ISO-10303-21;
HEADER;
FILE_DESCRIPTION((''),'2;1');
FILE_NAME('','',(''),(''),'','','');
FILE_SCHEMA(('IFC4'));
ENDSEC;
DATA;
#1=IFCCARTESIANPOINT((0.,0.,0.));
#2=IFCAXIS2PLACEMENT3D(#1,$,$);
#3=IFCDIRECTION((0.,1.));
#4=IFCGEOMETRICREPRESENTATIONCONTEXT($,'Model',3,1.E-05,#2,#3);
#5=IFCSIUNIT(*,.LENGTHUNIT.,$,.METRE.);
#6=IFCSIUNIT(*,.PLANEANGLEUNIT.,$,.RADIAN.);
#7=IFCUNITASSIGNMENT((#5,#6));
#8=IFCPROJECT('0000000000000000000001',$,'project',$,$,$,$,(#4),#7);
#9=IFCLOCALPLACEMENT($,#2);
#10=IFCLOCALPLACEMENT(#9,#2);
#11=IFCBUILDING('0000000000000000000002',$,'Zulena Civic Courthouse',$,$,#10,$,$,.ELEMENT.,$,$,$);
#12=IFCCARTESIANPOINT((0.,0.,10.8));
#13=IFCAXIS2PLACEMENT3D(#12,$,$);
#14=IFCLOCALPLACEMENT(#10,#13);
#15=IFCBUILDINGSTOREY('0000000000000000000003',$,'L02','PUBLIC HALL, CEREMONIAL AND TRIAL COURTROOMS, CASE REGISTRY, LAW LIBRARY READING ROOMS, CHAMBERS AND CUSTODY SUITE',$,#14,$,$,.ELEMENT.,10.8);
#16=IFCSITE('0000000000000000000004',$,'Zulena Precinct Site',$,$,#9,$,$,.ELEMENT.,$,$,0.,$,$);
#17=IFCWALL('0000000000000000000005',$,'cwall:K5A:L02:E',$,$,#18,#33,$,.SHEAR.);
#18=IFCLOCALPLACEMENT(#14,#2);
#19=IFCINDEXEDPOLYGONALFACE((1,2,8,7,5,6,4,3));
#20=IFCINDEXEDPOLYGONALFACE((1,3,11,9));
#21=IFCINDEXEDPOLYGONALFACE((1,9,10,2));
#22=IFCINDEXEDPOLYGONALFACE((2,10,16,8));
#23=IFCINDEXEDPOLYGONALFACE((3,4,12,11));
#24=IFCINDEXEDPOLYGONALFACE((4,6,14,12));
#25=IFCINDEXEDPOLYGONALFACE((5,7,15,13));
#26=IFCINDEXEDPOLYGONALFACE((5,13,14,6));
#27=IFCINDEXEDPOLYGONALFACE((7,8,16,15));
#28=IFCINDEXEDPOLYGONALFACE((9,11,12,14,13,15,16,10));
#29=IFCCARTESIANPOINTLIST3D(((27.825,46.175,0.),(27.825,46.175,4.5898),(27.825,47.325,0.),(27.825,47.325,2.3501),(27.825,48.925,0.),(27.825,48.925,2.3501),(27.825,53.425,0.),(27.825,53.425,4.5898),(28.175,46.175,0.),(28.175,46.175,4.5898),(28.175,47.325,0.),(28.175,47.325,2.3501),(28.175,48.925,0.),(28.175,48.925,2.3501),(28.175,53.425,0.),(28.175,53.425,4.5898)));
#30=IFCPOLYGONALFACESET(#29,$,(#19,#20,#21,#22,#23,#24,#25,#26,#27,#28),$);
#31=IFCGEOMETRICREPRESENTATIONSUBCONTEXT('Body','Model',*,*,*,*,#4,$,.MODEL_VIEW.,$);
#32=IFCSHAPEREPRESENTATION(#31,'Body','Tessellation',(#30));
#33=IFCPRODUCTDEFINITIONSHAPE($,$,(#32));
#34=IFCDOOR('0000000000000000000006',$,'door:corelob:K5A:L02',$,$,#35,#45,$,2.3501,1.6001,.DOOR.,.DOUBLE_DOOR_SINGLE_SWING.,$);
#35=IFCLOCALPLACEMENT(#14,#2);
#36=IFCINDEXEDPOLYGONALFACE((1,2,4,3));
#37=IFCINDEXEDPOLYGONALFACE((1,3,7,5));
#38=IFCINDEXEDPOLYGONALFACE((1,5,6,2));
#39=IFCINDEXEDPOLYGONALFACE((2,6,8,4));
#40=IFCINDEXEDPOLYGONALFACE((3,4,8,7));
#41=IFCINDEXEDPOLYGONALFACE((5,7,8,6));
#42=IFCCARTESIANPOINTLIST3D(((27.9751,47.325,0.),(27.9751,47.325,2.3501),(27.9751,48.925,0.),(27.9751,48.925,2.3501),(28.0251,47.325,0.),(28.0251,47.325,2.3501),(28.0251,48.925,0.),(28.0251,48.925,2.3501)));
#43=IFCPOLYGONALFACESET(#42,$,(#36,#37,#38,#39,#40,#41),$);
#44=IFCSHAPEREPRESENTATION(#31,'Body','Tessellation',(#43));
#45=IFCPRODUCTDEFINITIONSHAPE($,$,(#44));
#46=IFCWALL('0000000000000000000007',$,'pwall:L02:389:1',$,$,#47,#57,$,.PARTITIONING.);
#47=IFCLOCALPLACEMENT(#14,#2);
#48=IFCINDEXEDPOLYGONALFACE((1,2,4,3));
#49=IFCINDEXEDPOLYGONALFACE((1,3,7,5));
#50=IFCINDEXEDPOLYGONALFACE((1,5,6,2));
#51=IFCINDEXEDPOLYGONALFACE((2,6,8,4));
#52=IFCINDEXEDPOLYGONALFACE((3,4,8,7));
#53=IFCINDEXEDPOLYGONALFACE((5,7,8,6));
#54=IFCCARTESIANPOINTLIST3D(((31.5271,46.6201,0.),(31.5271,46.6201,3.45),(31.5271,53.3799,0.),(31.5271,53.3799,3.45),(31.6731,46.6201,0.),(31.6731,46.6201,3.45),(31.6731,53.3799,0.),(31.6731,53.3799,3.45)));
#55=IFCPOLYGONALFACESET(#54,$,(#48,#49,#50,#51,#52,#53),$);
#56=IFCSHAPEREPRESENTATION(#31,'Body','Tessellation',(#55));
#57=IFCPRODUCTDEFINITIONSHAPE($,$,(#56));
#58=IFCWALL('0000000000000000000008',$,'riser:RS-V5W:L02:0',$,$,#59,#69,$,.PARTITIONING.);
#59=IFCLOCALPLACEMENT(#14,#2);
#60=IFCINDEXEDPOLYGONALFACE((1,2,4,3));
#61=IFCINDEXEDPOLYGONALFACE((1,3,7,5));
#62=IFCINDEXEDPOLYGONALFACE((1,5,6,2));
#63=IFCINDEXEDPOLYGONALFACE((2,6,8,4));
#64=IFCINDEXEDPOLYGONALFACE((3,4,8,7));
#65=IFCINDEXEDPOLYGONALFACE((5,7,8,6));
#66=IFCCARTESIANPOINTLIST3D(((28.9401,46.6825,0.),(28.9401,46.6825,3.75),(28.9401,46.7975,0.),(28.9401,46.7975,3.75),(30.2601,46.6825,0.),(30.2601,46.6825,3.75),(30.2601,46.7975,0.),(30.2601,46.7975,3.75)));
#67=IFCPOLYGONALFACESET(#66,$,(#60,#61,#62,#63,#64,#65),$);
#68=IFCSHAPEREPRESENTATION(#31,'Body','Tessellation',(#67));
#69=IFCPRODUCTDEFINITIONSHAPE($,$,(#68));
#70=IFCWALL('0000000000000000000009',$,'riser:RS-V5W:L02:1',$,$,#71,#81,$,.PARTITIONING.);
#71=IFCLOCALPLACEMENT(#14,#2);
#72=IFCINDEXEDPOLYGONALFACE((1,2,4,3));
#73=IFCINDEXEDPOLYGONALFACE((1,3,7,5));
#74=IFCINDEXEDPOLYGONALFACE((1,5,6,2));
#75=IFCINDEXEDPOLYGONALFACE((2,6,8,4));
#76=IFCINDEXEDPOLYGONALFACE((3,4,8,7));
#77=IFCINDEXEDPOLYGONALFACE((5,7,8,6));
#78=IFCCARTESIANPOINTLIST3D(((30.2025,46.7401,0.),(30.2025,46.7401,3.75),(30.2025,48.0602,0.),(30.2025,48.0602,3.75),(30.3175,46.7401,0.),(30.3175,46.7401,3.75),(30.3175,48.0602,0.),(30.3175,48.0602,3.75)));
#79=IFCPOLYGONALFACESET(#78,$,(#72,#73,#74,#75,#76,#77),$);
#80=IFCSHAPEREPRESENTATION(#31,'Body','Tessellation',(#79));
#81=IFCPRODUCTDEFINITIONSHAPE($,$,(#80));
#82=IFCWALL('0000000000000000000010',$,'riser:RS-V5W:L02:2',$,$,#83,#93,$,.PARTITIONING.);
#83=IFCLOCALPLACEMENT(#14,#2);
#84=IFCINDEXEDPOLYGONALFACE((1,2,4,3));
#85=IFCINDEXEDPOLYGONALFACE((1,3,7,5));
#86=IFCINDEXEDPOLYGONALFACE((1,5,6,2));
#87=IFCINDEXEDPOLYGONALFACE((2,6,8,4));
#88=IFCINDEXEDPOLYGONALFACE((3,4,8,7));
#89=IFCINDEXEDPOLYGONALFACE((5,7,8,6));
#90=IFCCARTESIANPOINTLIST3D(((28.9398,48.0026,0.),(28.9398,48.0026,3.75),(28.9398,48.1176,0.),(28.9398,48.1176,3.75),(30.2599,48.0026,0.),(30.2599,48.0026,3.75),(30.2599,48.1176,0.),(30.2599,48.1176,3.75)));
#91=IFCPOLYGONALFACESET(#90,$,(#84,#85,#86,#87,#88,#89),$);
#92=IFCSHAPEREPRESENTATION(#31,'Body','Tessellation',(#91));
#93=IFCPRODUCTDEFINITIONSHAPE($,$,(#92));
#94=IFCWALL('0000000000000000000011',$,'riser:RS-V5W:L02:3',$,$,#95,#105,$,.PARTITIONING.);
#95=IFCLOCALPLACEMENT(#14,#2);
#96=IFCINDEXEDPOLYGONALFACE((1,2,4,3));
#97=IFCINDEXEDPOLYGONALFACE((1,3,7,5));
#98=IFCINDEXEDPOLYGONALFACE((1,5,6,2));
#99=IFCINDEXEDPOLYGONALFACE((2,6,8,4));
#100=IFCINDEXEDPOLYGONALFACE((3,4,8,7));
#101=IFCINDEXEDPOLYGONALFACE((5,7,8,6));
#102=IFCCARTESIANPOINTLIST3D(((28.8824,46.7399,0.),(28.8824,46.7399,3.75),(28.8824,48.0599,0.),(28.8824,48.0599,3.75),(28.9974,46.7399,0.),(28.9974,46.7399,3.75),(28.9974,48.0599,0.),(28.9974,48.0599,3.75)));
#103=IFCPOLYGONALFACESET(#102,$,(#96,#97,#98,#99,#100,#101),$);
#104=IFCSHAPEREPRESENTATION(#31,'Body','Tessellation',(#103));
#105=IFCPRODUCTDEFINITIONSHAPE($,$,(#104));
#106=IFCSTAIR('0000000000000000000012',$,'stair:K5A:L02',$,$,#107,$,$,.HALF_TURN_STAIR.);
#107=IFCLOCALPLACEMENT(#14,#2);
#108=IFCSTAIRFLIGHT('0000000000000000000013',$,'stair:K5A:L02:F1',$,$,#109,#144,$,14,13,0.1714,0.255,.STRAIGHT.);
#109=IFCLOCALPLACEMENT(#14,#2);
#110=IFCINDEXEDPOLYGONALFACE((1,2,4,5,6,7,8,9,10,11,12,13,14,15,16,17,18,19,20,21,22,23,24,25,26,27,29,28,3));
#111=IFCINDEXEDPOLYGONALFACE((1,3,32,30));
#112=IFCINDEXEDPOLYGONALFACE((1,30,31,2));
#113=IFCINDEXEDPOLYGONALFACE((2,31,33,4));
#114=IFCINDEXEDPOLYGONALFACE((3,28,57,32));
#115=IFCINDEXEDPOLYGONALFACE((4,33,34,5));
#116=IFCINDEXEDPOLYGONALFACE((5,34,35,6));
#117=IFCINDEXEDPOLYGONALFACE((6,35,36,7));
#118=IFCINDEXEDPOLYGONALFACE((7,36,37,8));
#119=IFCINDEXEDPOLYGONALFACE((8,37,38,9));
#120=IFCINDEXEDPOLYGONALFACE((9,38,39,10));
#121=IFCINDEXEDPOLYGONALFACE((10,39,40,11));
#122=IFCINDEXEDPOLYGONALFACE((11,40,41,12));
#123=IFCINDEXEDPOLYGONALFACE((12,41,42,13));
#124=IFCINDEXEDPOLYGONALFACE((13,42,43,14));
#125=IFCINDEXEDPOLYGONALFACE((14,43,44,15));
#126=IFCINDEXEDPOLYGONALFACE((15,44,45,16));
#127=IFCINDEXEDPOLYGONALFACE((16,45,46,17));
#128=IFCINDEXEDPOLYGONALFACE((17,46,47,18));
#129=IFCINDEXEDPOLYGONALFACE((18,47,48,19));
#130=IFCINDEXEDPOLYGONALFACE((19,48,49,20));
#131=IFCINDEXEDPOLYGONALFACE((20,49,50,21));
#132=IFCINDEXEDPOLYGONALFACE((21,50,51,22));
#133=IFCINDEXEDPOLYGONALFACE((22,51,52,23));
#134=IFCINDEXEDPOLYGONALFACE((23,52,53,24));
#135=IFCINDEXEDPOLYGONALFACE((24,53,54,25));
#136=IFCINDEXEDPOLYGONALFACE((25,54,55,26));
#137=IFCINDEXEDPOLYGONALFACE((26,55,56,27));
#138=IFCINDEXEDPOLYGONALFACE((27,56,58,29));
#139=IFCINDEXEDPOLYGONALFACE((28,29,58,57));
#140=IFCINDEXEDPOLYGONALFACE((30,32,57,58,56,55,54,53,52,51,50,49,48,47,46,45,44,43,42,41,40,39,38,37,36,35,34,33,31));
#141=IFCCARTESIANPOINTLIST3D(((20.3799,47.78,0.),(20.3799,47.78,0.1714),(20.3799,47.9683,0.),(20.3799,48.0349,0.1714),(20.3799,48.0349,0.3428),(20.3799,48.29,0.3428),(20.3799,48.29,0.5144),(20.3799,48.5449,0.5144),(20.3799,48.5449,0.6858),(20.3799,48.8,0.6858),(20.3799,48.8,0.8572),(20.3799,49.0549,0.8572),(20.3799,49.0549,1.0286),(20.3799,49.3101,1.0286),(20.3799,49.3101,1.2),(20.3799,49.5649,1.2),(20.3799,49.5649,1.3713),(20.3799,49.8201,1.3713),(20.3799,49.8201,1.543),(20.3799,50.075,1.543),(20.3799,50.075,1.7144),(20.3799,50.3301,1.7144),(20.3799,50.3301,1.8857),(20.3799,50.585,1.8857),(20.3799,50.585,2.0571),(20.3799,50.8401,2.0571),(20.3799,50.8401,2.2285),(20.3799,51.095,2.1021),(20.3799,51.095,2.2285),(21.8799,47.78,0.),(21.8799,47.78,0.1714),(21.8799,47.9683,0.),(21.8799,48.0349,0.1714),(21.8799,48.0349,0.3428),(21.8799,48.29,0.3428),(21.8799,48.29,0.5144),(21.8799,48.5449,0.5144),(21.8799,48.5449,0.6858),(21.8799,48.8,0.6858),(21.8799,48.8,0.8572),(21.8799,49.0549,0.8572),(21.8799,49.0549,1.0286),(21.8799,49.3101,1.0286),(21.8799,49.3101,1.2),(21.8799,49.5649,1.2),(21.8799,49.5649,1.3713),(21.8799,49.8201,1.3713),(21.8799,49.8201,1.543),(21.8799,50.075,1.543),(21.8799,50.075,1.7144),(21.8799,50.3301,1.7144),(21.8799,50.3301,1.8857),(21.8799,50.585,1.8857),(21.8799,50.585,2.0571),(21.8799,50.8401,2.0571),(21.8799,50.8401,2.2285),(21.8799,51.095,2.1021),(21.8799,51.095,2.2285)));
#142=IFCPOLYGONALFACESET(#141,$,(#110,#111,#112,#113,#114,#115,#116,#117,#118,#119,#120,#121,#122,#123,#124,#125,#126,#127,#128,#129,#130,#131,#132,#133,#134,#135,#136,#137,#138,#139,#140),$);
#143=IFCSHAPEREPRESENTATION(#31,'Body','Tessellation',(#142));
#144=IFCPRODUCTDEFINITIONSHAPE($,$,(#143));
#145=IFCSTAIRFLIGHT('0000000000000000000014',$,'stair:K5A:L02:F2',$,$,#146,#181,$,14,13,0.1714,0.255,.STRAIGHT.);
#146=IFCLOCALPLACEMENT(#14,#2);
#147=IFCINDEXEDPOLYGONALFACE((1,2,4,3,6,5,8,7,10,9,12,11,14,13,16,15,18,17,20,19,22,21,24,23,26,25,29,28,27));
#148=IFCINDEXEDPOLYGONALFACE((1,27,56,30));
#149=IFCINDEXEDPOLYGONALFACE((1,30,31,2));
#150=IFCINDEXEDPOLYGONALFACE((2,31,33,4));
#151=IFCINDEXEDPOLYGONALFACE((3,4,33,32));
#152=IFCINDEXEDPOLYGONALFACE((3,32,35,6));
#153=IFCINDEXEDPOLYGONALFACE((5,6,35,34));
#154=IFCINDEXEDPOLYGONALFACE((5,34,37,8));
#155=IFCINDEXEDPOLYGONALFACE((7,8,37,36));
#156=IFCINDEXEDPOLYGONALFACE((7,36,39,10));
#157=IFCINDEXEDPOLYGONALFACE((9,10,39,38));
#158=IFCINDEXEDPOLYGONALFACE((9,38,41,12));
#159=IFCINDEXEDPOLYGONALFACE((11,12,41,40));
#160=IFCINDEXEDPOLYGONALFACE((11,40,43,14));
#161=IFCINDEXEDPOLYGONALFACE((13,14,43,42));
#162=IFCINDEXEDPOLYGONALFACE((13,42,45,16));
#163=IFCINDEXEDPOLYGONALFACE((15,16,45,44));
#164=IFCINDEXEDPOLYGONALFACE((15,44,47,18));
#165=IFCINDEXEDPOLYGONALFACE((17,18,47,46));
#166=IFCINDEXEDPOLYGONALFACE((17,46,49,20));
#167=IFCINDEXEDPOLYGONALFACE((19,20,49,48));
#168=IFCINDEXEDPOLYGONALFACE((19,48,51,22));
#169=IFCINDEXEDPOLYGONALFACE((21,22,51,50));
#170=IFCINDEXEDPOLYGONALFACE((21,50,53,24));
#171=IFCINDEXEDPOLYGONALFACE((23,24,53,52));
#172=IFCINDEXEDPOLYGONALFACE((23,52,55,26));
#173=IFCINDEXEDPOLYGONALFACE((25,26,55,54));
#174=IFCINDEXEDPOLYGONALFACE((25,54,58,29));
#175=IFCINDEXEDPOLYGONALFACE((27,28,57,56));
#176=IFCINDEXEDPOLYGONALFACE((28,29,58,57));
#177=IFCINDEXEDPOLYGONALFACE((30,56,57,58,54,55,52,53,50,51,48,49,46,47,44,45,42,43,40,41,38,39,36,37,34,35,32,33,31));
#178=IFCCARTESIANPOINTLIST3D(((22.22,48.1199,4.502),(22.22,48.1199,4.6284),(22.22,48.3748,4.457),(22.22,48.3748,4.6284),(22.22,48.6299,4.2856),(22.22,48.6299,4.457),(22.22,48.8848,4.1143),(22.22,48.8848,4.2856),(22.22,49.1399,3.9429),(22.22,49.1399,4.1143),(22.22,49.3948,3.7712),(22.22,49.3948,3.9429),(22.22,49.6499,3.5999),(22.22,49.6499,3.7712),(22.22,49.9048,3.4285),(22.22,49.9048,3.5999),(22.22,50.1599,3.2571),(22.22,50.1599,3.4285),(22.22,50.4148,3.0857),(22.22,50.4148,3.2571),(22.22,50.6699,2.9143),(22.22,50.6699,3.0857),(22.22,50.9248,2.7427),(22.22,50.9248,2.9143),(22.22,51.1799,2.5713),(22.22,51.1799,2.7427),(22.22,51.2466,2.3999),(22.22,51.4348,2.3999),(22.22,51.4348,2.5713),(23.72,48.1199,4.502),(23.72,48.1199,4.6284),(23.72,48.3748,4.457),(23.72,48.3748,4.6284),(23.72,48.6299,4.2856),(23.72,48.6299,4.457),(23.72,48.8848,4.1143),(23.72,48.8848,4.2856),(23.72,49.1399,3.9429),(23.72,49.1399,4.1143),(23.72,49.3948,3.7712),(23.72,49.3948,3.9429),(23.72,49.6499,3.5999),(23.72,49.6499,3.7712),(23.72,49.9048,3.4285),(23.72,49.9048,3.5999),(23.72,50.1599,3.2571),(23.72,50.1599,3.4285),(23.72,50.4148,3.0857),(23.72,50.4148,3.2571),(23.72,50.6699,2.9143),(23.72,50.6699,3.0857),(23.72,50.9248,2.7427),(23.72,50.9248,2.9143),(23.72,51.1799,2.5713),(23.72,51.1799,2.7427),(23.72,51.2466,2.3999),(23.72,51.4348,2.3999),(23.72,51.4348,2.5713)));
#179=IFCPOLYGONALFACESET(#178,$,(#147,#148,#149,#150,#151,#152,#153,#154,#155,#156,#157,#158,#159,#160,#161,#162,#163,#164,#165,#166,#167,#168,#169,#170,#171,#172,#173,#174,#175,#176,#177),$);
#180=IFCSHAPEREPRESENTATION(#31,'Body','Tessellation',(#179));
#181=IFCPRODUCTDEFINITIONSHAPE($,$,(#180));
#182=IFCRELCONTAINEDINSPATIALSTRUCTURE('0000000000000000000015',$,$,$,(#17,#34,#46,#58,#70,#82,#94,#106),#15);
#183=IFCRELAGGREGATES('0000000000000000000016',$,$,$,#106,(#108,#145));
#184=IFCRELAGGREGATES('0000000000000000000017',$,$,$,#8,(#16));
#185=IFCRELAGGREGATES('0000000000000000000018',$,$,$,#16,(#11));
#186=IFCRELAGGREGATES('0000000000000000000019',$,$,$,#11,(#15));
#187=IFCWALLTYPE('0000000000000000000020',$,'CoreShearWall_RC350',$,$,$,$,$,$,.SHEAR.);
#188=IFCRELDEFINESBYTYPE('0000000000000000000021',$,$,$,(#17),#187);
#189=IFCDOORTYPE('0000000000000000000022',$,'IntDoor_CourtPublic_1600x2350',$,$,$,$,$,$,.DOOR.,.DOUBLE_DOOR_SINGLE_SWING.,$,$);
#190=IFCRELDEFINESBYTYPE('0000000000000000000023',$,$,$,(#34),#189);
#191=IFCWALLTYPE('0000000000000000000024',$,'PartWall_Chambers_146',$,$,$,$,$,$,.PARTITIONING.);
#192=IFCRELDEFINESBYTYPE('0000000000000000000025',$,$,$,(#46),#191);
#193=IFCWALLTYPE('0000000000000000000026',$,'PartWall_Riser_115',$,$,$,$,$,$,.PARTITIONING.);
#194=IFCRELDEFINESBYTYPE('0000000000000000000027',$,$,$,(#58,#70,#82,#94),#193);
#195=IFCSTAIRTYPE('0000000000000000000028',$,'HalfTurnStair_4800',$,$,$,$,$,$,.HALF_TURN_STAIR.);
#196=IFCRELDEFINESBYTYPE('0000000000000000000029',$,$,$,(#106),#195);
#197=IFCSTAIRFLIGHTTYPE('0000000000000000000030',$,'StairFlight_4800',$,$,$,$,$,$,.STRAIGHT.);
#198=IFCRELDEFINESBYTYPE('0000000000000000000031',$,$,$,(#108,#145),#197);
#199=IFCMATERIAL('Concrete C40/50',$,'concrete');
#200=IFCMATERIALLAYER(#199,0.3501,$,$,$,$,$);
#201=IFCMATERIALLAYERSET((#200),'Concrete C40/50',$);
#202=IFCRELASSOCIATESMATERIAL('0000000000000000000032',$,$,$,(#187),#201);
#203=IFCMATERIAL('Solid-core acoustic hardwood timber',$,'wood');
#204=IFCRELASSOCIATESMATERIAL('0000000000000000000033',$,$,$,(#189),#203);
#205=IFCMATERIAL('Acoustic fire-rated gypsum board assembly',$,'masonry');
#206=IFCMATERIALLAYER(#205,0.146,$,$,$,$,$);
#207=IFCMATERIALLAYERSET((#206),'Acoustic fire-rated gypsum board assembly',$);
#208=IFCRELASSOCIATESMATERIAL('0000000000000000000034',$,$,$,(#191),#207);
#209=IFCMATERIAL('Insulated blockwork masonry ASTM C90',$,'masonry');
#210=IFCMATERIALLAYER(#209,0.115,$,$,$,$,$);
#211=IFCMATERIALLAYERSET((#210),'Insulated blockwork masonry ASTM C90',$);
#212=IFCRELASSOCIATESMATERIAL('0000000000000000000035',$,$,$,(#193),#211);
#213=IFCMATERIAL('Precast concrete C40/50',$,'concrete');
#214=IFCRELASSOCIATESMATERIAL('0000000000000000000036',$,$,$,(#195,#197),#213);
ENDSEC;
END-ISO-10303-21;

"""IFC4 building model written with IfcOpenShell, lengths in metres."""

from ifc_helpers import new_model, si_unit, direction, frame, frame_2d, origin, place, context, subcontext, project, spatial, polyline, rectangle, outline, extrude, material, layer, layer_set, type_object, element, fill, aggregate, save


model = new_model("IFC4")

# Units and contexts
model_context = context("Model", 3, precision=1e-05, world=origin(), true_north=direction((0.0, 1.0)))
body_context = subcontext(model_context, "Body", "Model", "MODEL_VIEW")
ifc_project = project(units=[si_unit("LENGTHUNIT", "METRE"), si_unit("PLANEANGLEUNIT", "RADIAN")], contexts=[model_context])

# Site, building, storey
site_placement = place(None, origin())
site = spatial("IfcSite", under=ifc_project, at=site_placement, Name="Zulena Precinct Site", CompositionType="ELEMENT", RefElevation=0.0)
building_placement = place(site_placement, origin())
building = spatial("IfcBuilding", under=site, at=building_placement, Name="Zulena Civic Courthouse", CompositionType="ELEMENT")
storey_placement = place(building_placement, frame((0.0, 0.0, 10.8)))
storey = spatial("IfcBuildingStorey", under=building, at=storey_placement, Name="L02", Description="PUBLIC HALL, CEREMONIAL AND TRIAL COURTROOMS, CASE REGISTRY, LAW LIBRARY READING ROOMS, CHAMBERS AND CUSTODY SUITE", CompositionType="ELEMENT", Elevation=10.8)

# Wall, opening, door
ifc_material_1 = material(Name="Concrete C40/50", Category="concrete")
ifc_layer_1 = layer(ifc_material_1, 0.3501)
ifc_layer_set_1 = layer_set([ifc_layer_1], Name="Concrete C40/50")
wall_type_1 = type_object("IfcWallType", Name="CoreShearWall_RC350", PredefinedType="SHEAR", material=ifc_layer_set_1)
wall_1_placement = place(storey_placement, frame((28.0, 46.175, 0.0), z_axis=(0.0, 0.0, 1.0), x_axis=(0.0, 1.0, 0.0)))
wall_1 = element("IfcWall", 1, at=wall_1_placement, inside=storey, type_object=wall_type_1, Name="cwall:K5A:L02:E", PredefinedType="SHEAR", context=body_context, shape_type="SweptSolid", body=[
    extrude(rectangle(XDim=7.25, YDim=0.3501, at=frame_2d((3.625, 0.0))), origin(), (0.0, 0.0, 1.0), 4.5898),
])
opening_1_placement = place(wall_1_placement, frame((1.1499, 0.0, 0.0)))
opening_1 = element("IfcOpeningElement", 2, at=opening_1_placement, cuts=wall_1, PredefinedType="OPENING", context=body_context, shape_type="SweptSolid", body=[
    extrude(rectangle(XDim=1.6001, YDim=2.3501, at=frame_2d((0.8, 1.175))), frame((0.0, 0.1851, 0.0), z_axis=(0.0, -1.0, 0.0), x_axis=(1.0, 0.0, 0.0)), (0.0, 0.0, 1.0), 0.3701),
])
ifc_material_2 = material(Name="Solid-core acoustic hardwood timber", Category="wood")
door_type_1 = type_object("IfcDoorType", Name="IntDoor_CourtPublic_1600x2350", OperationType="DOUBLE_DOOR_SINGLE_SWING", PredefinedType="DOOR", material=ifc_material_2)
door_1_placement = place(opening_1_placement, origin())
door_1 = element("IfcDoor", 3, at=door_1_placement, inside=storey, type_object=door_type_1, Name="door:corelob:K5A:L02", OperationType="DOUBLE_DOOR_SINGLE_SWING", OverallHeight=2.3501, OverallWidth=1.6001, PredefinedType="DOOR", context=body_context, shape_type="SweptSolid", body=[
    extrude(rectangle(XDim=1.6001, YDim=2.3501, at=frame_2d((0.8, 1.175))), frame((0.0, 0.0249, 0.0), z_axis=(0.0, -1.0, 0.0), x_axis=(1.0, 0.0, 0.0)), (0.0, 0.0, 1.0), 0.05),
])
fill(opening_1, door_1)

# Walls
ifc_material_3 = material(Name="Acoustic fire-rated gypsum board assembly", Category="masonry")
ifc_layer_2 = layer(ifc_material_3, 0.146)
ifc_layer_set_2 = layer_set([ifc_layer_2], Name="Acoustic fire-rated gypsum board assembly")
wall_type_2 = type_object("IfcWallType", Name="PartWall_Chambers_146", PredefinedType="PARTITIONING", material=ifc_layer_set_2)
wall_2_placement = place(storey_placement, frame((31.6001, 46.6201, 0.0), z_axis=(0.0, 0.0, 1.0), x_axis=(0.0, 1.0, 0.0)))
element("IfcWall", 4, at=wall_2_placement, inside=storey, type_object=wall_type_2, Name="pwall:L02:389:1", PredefinedType="PARTITIONING", context=body_context, shape_type="SweptSolid", body=[
    extrude(rectangle(XDim=6.7598, YDim=0.146, at=frame_2d((3.3799, 0.0))), origin(), (0.0, 0.0, 1.0), 3.45),
])
ifc_material_4 = material(Name="Insulated blockwork masonry ASTM C90", Category="masonry")
ifc_layer_3 = layer(ifc_material_4, 0.115)
ifc_layer_set_3 = layer_set([ifc_layer_3], Name="Insulated blockwork masonry ASTM C90")
wall_type_3 = type_object("IfcWallType", Name="PartWall_Riser_115", PredefinedType="PARTITIONING", material=ifc_layer_set_3)
for number, where, z_axis, x_axis, name in (
    (5, (28.9399, 46.74, 0.0), (0.0, 0.0, 1.0), (1.0, 0.0, 0.0), "riser:RS-V5W:L02:0"),
    (6, (30.26, 46.74, 0.0), (0.0, 0.0, 1.0), (0.0, 1.0, 0.0), "riser:RS-V5W:L02:1"),
    (7, (30.26, 48.0601, 0.0), (0.0, 0.0, 1.0), (-1.0, 0.0, 0.0), "riser:RS-V5W:L02:2"),
    (8, (28.9399, 48.0601, 0.0), (0.0, 0.0, 1.0), (0.0, -1.0, 0.0), "riser:RS-V5W:L02:3"),
):
    element("IfcWall", number, at=place(storey_placement, frame(where, z_axis=z_axis, x_axis=x_axis)), inside=storey, type_object=wall_type_3, Name=name, PredefinedType="PARTITIONING", context=body_context, shape_type="SweptSolid", body=[
        extrude(rectangle(XDim=1.3201, YDim=0.115, at=frame_2d((0.6602, 0.0))), origin(), (0.0, 0.0, 1.0), 3.75),
    ])

# Stair, stair flights
ifc_material_5 = material(Name="Precast concrete C40/50", Category="concrete")
stair_type = type_object("IfcStairType", Name="HalfTurnStair_4800", PredefinedType="HALF_TURN_STAIR", material=ifc_material_5)
stair_placement = place(storey_placement, origin())
stair = element("IfcStair", 9, at=stair_placement, inside=storey, type_object=stair_type, Name="stair:K5A:L02", PredefinedType="HALF_TURN_STAIR")
stair_flight_type = type_object("IfcStairFlightType", Name="StairFlight_4800", PredefinedType="STRAIGHT", material=ifc_material_5)
stair_flight_1_placement = place(storey_placement, frame((21.1299, 47.78, 0.0), z_axis=(0.0, 0.0, 1.0), x_axis=(0.0, 1.0, 0.0)))
stair_flight_1 = element("IfcStairFlight", 10, at=stair_flight_1_placement, type_object=stair_flight_type, Name="stair:K5A:L02:F1", NumberOfRisers=14, NumberOfTreads=13, PredefinedType="STRAIGHT", RiserHeight=0.1714, TreadLength=0.255, context=body_context, shape_type="SweptSolid", body=[
    extrude(outline(polyline([(0.0, 0.0), (0.0, 0.1714), (0.2549, 0.1714), (0.2549, 0.3428), (0.51, 0.3428), (0.51, 0.5144), (0.7649, 0.5144), (0.7649, 0.6858), (1.02, 0.6858), (1.02, 0.8572), (1.2749, 0.8572), (1.2749, 1.0286), (1.53, 1.0286), (1.53, 1.2), (1.7849, 1.2), (1.7849, 1.3713), (2.04, 1.3713), (2.04, 1.543), (2.2949, 1.543), (2.2949, 1.7144), (2.55, 1.7144), (2.55, 1.8857), (2.8049, 1.8857), (2.8049, 2.0571), (3.0601, 2.0571), (3.0601, 2.2285), (3.3149, 2.2285), (3.3149, 2.3999), (3.3149, 2.1021), (0.1882, 0.0), (0.0, 0.0)])), frame((0.0, 0.75, 0.0), z_axis=(0.0, -1.0, 0.0), x_axis=(1.0, 0.0, 0.0)), (0.0, 0.0, 1.0), 1.5),
])
stair_flight_2_placement = place(storey_placement, frame((22.97, 51.4348, 2.3999), z_axis=(0.0, 0.0, 1.0), x_axis=(0.0, -1.0, 0.0)))
stair_flight_2 = element("IfcStairFlight", 11, at=stair_flight_2_placement, type_object=stair_flight_type, Name="stair:K5A:L02:F2", NumberOfRisers=14, NumberOfTreads=13, PredefinedType="STRAIGHT", RiserHeight=0.1714, TreadLength=0.255, context=body_context, shape_type="SweptSolid", body=[
    extrude(outline(polyline([(0.0, 0.0), (0.0, 0.1714), (0.2549, 0.1714), (0.2549, 0.3428), (0.51, 0.3428), (0.51, 0.5144), (0.7649, 0.5144), (0.7649, 0.6858), (1.02, 0.6858), (1.02, 0.8572), (1.2749, 0.8572), (1.2749, 1.0286), (1.53, 1.0286), (1.53, 1.2), (1.7849, 1.2), (1.7849, 1.3713), (2.04, 1.3713), (2.04, 1.543), (2.2949, 1.543), (2.2949, 1.7144), (2.55, 1.7144), (2.55, 1.8857), (2.8049, 1.8857), (2.8049, 2.0571), (3.0601, 2.0571), (3.0601, 2.2285), (3.3149, 2.2285), (3.3149, 2.3999), (3.3149, 2.1021), (0.1882, 0.0), (0.0, 0.0)])), frame((0.0, 0.75, 0.0), z_axis=(0.0, -1.0, 0.0), x_axis=(1.0, 0.0, 0.0)), (0.0, 0.0, 1.0), 1.5),
])
aggregate(stair, [stair_flight_1, stair_flight_2])

save(model, "model.ifc")
